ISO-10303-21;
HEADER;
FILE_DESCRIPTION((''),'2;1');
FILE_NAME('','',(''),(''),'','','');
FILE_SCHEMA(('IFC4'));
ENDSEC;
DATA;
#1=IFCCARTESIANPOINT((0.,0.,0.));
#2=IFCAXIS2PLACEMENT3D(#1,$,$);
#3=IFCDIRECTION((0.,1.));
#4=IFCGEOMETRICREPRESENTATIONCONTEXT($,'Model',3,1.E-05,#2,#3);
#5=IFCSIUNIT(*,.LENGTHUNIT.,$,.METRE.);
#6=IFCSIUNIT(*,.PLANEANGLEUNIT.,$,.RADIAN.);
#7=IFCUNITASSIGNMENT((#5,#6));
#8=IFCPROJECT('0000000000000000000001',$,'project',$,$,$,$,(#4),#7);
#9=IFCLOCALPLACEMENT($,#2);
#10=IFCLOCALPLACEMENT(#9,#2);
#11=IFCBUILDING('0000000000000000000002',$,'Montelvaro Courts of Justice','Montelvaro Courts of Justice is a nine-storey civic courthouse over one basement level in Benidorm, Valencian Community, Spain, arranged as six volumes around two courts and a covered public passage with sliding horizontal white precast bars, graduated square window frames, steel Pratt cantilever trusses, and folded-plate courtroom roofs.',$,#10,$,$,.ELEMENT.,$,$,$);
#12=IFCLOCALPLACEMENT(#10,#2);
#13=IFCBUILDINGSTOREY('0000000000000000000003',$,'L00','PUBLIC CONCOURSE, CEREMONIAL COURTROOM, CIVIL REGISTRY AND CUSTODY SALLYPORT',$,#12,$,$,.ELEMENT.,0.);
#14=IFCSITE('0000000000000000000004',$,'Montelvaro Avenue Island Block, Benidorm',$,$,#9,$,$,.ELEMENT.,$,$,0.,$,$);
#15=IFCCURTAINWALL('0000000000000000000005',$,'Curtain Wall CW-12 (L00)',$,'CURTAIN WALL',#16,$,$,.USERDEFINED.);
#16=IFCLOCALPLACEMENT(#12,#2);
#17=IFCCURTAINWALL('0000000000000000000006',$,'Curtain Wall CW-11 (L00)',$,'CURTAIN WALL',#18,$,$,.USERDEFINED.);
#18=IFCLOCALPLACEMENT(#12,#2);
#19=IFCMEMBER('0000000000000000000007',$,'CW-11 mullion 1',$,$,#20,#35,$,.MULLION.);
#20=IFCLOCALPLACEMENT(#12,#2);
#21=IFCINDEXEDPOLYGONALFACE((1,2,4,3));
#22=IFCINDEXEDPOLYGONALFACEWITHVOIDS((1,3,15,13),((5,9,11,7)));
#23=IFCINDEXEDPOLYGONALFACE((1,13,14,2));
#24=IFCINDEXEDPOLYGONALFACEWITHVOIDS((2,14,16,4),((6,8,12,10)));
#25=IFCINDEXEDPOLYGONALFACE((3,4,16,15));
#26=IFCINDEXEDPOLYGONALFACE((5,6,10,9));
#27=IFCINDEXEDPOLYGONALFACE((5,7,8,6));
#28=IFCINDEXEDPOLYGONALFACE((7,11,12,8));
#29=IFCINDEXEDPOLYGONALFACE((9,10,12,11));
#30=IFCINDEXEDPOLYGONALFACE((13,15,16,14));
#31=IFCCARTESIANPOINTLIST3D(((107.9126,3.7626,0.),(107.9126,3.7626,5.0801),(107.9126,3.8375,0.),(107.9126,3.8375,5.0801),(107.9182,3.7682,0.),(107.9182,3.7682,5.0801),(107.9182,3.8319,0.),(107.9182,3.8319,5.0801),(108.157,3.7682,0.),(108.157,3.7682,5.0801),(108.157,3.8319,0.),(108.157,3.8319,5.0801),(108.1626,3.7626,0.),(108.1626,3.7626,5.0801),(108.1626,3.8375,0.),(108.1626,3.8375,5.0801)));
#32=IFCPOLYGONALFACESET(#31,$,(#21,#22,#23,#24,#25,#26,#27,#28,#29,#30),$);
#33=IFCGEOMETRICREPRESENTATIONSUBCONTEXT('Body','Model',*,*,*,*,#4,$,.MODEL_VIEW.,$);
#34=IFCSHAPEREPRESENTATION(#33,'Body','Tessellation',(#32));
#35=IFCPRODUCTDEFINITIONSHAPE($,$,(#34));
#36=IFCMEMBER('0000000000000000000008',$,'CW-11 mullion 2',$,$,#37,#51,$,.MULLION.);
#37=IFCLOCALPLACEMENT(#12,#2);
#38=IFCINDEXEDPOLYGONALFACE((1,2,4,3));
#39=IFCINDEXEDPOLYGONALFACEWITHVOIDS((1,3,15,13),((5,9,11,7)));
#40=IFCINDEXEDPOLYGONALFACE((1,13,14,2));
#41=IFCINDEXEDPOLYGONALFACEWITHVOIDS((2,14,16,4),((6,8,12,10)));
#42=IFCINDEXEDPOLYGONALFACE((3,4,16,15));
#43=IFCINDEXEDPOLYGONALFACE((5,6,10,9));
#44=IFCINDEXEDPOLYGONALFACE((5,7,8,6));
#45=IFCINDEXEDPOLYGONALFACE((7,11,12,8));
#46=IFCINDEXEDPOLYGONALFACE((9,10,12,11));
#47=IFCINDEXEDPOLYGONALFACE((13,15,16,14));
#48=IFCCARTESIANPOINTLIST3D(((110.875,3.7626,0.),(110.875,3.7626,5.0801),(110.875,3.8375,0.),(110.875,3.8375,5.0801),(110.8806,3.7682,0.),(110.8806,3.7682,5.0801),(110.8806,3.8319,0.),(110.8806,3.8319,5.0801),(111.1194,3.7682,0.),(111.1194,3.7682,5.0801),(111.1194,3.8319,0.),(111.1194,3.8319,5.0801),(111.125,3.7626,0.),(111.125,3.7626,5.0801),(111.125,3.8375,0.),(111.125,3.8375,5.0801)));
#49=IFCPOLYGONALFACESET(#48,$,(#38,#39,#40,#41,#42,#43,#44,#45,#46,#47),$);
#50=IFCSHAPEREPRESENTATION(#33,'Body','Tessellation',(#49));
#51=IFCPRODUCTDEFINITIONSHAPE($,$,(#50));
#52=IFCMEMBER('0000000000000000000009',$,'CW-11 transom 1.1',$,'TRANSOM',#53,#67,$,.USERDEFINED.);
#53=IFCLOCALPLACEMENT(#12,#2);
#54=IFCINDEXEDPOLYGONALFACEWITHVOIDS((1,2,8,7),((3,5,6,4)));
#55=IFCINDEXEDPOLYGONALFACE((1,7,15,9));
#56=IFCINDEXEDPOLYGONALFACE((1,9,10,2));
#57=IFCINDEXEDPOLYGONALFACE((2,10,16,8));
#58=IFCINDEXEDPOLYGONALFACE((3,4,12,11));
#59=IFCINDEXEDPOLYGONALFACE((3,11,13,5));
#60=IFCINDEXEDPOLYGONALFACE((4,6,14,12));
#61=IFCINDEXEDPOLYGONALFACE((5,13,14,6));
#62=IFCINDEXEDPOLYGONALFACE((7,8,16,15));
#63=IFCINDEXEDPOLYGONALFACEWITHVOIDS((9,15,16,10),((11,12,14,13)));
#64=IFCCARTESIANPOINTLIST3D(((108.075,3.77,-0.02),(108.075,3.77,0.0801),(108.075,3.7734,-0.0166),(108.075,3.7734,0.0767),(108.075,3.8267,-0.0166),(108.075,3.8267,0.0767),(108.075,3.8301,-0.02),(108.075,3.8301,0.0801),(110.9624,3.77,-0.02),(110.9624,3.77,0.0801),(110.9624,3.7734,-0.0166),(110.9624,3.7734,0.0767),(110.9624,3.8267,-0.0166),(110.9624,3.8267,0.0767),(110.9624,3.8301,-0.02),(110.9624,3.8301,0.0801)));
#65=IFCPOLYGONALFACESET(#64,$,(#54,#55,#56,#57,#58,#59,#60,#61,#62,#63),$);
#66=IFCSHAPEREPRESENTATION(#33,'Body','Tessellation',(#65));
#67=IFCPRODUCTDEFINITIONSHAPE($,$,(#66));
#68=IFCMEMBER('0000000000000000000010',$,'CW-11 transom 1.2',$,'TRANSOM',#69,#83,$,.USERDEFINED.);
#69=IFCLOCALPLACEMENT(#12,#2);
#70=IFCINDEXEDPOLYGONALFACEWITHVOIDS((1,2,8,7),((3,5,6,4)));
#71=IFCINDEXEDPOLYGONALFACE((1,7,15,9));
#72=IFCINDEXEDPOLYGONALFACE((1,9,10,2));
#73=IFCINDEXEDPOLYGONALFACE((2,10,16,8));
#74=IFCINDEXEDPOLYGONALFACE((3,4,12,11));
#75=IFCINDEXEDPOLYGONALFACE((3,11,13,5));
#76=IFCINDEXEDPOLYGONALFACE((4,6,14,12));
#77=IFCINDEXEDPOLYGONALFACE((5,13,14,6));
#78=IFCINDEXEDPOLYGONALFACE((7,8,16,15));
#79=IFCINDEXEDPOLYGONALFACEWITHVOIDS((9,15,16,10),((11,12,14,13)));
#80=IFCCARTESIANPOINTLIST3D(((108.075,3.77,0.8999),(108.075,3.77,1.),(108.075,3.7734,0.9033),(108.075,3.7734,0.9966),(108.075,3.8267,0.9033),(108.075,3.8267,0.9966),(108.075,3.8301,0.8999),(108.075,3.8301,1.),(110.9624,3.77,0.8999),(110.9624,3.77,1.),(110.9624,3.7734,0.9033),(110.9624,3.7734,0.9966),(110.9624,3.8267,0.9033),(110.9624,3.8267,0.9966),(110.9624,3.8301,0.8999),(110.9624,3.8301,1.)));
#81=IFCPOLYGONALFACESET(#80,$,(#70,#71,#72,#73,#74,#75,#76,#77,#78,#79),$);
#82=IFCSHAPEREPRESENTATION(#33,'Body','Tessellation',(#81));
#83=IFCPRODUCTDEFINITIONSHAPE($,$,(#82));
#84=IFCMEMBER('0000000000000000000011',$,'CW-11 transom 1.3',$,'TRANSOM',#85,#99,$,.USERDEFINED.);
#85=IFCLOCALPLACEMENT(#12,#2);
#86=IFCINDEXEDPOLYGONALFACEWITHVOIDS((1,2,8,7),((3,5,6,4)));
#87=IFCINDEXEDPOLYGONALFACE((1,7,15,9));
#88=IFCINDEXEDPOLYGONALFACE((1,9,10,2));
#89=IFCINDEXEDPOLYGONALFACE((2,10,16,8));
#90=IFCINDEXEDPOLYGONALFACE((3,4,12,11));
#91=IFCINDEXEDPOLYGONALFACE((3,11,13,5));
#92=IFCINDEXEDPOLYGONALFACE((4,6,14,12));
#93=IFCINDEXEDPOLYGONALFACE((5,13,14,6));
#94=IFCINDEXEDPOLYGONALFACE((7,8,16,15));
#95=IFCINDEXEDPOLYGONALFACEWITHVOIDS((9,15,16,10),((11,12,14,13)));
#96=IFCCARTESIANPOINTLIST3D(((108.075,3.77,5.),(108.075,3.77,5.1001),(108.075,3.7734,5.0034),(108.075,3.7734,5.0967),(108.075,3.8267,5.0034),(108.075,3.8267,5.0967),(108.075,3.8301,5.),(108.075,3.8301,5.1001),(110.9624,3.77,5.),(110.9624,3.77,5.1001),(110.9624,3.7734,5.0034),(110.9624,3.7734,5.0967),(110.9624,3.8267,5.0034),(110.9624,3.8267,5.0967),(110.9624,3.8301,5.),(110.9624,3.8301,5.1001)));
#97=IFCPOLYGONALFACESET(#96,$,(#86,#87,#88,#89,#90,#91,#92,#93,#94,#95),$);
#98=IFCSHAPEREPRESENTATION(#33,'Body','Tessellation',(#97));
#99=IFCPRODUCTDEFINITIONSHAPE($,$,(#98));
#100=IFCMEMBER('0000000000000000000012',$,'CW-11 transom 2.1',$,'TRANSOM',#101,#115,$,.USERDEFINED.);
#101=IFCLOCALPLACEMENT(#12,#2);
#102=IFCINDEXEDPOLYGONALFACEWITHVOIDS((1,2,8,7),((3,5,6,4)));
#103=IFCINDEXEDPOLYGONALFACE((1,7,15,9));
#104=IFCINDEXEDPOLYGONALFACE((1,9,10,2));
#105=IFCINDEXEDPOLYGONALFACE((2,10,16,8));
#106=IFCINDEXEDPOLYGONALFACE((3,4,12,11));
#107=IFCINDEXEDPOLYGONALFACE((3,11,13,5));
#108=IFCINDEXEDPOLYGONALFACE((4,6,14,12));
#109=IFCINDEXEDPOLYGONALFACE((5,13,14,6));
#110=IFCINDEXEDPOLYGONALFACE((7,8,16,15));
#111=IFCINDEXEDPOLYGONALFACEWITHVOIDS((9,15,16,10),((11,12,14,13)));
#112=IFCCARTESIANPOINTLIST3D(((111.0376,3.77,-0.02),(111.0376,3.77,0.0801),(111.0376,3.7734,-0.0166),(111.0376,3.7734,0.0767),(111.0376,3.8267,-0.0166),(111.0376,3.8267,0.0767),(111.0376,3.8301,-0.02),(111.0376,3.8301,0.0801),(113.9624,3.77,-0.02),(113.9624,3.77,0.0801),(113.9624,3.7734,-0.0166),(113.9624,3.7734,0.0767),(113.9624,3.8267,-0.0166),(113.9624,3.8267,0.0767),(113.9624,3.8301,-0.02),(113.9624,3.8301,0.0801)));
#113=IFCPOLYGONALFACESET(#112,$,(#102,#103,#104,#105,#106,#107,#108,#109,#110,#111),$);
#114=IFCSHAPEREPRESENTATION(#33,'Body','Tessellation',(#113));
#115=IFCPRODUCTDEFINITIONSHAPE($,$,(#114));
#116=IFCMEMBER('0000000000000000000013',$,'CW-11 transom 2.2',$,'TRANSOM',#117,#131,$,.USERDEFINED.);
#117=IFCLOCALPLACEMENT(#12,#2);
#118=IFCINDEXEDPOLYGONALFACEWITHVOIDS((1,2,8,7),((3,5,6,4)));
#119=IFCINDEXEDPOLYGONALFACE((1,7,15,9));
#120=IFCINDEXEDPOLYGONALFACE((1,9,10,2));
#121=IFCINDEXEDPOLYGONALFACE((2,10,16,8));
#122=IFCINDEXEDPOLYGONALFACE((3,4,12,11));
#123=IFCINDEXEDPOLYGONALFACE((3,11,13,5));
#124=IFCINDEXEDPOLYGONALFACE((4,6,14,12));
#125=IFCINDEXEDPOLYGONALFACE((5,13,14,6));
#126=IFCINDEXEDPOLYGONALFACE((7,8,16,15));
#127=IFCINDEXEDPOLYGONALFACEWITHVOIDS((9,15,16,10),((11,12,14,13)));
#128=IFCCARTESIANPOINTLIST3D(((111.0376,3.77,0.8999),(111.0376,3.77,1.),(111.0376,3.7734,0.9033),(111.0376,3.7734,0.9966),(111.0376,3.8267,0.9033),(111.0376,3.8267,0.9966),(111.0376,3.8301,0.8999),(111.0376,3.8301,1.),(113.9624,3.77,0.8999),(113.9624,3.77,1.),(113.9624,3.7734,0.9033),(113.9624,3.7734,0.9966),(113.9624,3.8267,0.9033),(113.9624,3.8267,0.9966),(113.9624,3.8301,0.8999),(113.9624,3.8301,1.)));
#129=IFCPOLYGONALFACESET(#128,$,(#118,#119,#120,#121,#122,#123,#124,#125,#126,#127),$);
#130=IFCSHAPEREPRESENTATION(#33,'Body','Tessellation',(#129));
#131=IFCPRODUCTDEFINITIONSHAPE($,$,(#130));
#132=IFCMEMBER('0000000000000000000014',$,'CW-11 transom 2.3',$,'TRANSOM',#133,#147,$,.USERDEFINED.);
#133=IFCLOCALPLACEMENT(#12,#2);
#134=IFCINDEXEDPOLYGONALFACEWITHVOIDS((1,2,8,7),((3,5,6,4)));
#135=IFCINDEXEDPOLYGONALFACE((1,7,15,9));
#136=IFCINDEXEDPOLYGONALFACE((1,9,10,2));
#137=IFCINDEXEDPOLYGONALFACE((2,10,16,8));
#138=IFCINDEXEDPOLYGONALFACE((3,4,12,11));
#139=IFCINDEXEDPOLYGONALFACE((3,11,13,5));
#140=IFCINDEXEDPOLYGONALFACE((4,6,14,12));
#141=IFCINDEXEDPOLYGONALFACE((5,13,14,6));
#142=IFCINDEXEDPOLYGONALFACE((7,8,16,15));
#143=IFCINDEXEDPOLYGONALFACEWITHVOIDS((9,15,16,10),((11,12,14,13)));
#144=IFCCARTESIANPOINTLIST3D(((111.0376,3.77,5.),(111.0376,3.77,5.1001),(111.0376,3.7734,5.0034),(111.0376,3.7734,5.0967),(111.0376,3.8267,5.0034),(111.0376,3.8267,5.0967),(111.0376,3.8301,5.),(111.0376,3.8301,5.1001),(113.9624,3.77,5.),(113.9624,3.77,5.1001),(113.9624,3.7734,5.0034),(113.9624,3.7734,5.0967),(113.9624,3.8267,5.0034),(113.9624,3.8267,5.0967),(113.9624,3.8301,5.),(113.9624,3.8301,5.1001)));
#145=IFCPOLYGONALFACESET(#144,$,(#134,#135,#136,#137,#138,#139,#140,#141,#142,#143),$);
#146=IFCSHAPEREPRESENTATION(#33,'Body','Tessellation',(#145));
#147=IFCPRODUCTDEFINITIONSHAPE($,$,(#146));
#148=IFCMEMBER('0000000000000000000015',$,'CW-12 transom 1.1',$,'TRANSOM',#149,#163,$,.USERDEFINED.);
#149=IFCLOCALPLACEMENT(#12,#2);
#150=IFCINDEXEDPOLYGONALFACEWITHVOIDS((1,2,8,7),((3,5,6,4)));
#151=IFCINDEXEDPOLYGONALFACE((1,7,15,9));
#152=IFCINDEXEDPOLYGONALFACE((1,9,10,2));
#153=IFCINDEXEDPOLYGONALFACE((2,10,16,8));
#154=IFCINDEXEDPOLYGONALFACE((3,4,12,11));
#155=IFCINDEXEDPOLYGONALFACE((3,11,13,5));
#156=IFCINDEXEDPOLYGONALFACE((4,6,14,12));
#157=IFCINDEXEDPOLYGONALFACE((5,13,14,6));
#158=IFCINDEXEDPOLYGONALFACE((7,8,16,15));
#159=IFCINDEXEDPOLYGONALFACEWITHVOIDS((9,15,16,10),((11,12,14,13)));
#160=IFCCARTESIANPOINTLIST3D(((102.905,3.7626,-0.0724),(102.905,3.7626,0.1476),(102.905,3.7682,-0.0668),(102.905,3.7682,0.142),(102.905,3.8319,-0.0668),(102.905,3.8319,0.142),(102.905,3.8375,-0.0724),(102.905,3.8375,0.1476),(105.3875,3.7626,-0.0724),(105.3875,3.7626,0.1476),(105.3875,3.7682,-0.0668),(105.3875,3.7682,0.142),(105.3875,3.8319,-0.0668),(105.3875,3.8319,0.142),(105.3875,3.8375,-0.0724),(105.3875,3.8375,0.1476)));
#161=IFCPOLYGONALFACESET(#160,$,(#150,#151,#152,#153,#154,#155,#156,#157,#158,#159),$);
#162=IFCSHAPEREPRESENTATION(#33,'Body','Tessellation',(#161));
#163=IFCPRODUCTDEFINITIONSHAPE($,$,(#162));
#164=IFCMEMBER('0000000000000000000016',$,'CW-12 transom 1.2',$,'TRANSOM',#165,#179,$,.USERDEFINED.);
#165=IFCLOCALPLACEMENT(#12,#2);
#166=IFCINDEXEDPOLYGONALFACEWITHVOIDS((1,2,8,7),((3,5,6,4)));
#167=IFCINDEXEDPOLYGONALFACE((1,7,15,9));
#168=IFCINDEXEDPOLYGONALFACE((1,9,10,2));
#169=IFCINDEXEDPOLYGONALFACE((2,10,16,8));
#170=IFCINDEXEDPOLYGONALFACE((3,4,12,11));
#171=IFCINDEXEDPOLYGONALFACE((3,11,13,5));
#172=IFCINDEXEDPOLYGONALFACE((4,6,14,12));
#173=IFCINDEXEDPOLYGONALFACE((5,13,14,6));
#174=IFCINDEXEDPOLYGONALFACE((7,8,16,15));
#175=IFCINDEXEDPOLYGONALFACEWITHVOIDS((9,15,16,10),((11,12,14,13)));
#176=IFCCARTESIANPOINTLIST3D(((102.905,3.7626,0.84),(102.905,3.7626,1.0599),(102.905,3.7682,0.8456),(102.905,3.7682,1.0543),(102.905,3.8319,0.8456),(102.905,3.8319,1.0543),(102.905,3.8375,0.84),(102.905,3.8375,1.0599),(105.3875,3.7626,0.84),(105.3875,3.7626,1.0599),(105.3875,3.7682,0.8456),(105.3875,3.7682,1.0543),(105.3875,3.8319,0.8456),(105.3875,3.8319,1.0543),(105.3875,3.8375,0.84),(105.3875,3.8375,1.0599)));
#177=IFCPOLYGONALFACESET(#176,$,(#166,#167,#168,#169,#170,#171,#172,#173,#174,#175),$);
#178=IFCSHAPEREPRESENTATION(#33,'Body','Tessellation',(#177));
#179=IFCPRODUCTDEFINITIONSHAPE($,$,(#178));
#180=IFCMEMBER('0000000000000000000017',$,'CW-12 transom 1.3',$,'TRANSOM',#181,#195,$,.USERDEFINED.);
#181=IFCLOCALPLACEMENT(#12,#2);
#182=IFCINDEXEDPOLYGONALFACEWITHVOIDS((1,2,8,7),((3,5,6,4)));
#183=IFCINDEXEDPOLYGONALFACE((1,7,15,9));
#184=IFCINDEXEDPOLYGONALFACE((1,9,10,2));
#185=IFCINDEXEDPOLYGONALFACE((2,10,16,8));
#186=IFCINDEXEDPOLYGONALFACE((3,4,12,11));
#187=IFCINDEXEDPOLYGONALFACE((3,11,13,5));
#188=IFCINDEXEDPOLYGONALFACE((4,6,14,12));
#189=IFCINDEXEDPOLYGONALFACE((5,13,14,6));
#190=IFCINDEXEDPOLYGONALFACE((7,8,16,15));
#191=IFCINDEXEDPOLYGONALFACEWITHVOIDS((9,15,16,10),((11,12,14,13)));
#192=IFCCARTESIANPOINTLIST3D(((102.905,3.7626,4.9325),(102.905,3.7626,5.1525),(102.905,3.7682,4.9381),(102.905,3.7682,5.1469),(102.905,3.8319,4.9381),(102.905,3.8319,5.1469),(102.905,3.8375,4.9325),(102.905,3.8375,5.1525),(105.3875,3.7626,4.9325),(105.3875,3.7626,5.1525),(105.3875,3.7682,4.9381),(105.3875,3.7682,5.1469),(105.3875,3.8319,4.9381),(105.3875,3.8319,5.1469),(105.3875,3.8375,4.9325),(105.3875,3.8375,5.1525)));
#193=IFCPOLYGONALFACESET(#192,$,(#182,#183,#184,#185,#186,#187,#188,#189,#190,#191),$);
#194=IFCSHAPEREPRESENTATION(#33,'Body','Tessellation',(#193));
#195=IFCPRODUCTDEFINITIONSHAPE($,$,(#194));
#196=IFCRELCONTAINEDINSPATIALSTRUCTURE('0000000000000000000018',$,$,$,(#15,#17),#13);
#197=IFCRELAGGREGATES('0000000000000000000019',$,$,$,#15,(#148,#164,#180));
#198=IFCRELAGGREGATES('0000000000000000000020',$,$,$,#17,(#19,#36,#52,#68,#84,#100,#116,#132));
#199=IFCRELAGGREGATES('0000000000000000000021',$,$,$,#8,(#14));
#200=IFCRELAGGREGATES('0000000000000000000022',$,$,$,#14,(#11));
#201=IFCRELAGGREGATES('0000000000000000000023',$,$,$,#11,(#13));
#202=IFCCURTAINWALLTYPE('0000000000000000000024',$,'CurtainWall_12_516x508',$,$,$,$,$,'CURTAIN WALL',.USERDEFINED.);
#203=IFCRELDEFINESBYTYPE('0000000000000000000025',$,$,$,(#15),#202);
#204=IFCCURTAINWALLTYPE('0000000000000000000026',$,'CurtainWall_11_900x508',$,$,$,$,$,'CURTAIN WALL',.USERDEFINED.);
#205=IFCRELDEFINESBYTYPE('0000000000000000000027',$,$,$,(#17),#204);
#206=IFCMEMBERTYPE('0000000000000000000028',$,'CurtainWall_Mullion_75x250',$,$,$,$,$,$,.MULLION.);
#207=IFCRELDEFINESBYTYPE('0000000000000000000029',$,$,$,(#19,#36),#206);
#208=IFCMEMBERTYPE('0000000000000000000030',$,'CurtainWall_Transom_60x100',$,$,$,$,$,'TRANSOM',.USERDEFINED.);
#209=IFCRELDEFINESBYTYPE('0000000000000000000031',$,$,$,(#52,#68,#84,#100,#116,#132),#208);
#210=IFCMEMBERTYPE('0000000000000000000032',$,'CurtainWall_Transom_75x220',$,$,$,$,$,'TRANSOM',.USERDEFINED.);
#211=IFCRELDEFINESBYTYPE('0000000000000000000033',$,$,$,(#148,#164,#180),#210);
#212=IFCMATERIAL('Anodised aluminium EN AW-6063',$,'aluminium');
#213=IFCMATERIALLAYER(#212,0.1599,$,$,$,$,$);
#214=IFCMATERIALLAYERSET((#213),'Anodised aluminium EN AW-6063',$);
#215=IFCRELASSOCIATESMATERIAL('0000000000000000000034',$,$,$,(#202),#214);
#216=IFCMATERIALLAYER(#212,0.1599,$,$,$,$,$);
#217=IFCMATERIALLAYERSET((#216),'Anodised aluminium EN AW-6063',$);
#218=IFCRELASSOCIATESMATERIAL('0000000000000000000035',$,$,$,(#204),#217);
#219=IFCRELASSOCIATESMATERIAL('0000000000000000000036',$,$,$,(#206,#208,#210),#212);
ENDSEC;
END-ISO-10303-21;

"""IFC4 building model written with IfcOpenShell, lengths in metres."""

from ifc_helpers import new_model, si_unit, direction, frame, origin, origin_2d, place, context, subcontext, project, spatial, hollow_rectangle, extrude, material, layer, layer_set, material_profile, profile_set, type_object, element, aggregate, save


model = new_model("IFC4")

# Units and contexts
model_context = context("Model", 3, precision=1e-05, world=origin(), true_north=direction((0.0, 1.0)))
body_context = subcontext(model_context, "Body", "Model", "MODEL_VIEW")
ifc_project = project(units=[si_unit("LENGTHUNIT", "METRE"), si_unit("PLANEANGLEUNIT", "RADIAN")], contexts=[model_context])

# Site, building, storey
site_placement = place(None, origin())
site = spatial("IfcSite", under=ifc_project, at=site_placement, Name="Montelvaro Avenue Island Block, Benidorm", CompositionType="ELEMENT", RefElevation=0.0)
building_placement = place(site_placement, origin())
building = spatial("IfcBuilding", under=site, at=building_placement, Name="Montelvaro Courts of Justice", Description="Montelvaro Courts of Justice is a nine-storey civic courthouse over one basement level in Benidorm, Valencian Community, Spain, arranged as six volumes around two courts and a covered public passage with sliding horizontal white precast bars, graduated square window frames, steel Pratt cantilever trusses, and folded-plate courtroom roofs.", CompositionType="ELEMENT")
storey_placement = place(building_placement, origin())
storey = spatial("IfcBuildingStorey", under=building, at=storey_placement, Name="L00", Description="PUBLIC CONCOURSE, CEREMONIAL COURTROOM, CIVIL REGISTRY AND CUSTODY SALLYPORT", CompositionType="ELEMENT", Elevation=0.0)

# Curtain walls, members
ifc_material_1 = material(Name="Anodised aluminium EN AW-6063", Category="aluminium")
ifc_layer_1 = layer(ifc_material_1, 0.1599)
ifc_layer_set_1 = layer_set([ifc_layer_1], Name="Anodised aluminium EN AW-6063")
curtain_wall_type_1 = type_object("IfcCurtainWallType", Name="CurtainWall_12_516x508", ElementType="CURTAIN WALL", PredefinedType="USERDEFINED", material=ifc_layer_set_1)
curtain_wall_1_placement = place(storey_placement, origin())
curtain_wall_1 = element("IfcCurtainWall", 1, at=curtain_wall_1_placement, inside=storey, type_object=curtain_wall_type_1, Name="Curtain Wall CW-12 (L00)", ObjectType="CURTAIN WALL", PredefinedType="USERDEFINED")
ifc_layer_2 = layer(ifc_material_1, 0.1599)
ifc_layer_set_2 = layer_set([ifc_layer_2], Name="Anodised aluminium EN AW-6063")
curtain_wall_type_2 = type_object("IfcCurtainWallType", Name="CurtainWall_11_900x508", ElementType="CURTAIN WALL", PredefinedType="USERDEFINED", material=ifc_layer_set_2)
curtain_wall_2_placement = place(storey_placement, origin())
curtain_wall_2 = element("IfcCurtainWall", 2, at=curtain_wall_2_placement, inside=storey, type_object=curtain_wall_type_2, Name="Curtain Wall CW-11 (L00)", ObjectType="CURTAIN WALL", PredefinedType="USERDEFINED")
ifc_material_profile_1 = material_profile(ifc_material_1, hollow_rectangle(XDim=0.075, YDim=0.25, WallThickness=0.0056, at=origin_2d()), Name="ALU-M 75x250")
ifc_profile_set_1 = profile_set([ifc_material_profile_1], Name="Anodised aluminium EN AW-6063")
member_type_1 = type_object("IfcMemberType", Name="CurtainWall_Mullion_75x250", PredefinedType="MULLION", material=ifc_profile_set_1)
member_1_placement = place(storey_placement, frame((108.0376, 3.8, 0.0), z_axis=(0.0, 0.0, 1.0), x_axis=(0.0, 1.0, 0.0)))
member_1 = element("IfcMember", 3, at=member_1_placement, type_object=member_type_1, Name="CW-11 mullion 1", PredefinedType="MULLION", context=body_context, shape_type="SweptSolid", body=[
    extrude(hollow_rectangle(XDim=0.075, YDim=0.25, WallThickness=0.0056, at=origin_2d()), origin(), (0.0, 0.0, 1.0), 5.0801),
])
member_2_placement = place(storey_placement, frame((111.0, 3.8, 0.0), z_axis=(0.0, 0.0, 1.0), x_axis=(0.0, 1.0, 0.0)))
member_2 = element("IfcMember", 4, at=member_2_placement, type_object=member_type_1, Name="CW-11 mullion 2", PredefinedType="MULLION", context=body_context, shape_type="SweptSolid", body=[
    extrude(hollow_rectangle(XDim=0.075, YDim=0.25, WallThickness=0.0056, at=origin_2d()), origin(), (0.0, 0.0, 1.0), 5.0801),
])
ifc_material_profile_2 = material_profile(ifc_material_1, hollow_rectangle(XDim=0.0601, YDim=0.1001, WallThickness=0.0034, at=origin_2d()), Name="ALU-T 60x100")
ifc_profile_set_2 = profile_set([ifc_material_profile_2], Name="Anodised aluminium EN AW-6063")
member_type_2 = type_object("IfcMemberType", Name="CurtainWall_Transom_60x100", ElementType="TRANSOM", PredefinedType="USERDEFINED", material=ifc_profile_set_2)
member_3_placement = place(storey_placement, frame((108.075, 3.8, 0.03), z_axis=(1.0, 0.0, 0.0), x_axis=(0.0, 1.0, 0.0)))
member_3 = element("IfcMember", 5, at=member_3_placement, type_object=member_type_2, Name="CW-11 transom 1.1", ObjectType="TRANSOM", PredefinedType="USERDEFINED", context=body_context, shape_type="SweptSolid", body=[
    extrude(hollow_rectangle(XDim=0.0601, YDim=0.1001, WallThickness=0.0034, at=origin_2d()), origin(), (0.0, 0.0, 1.0), 2.8875),
])
member_4_placement = place(storey_placement, frame((108.075, 3.8, 0.95), z_axis=(1.0, 0.0, 0.0), x_axis=(0.0, 1.0, 0.0)))
member_4 = element("IfcMember", 6, at=member_4_placement, type_object=member_type_2, Name="CW-11 transom 1.2", ObjectType="TRANSOM", PredefinedType="USERDEFINED", context=body_context, shape_type="SweptSolid", body=[
    extrude(hollow_rectangle(XDim=0.0601, YDim=0.1001, WallThickness=0.0034, at=origin_2d()), origin(), (0.0, 0.0, 1.0), 2.8875),
])
member_5_placement = place(storey_placement, frame((108.075, 3.8, 5.05), z_axis=(1.0, 0.0, 0.0), x_axis=(0.0, 1.0, 0.0)))
member_5 = element("IfcMember", 7, at=member_5_placement, type_object=member_type_2, Name="CW-11 transom 1.3", ObjectType="TRANSOM", PredefinedType="USERDEFINED", context=body_context, shape_type="SweptSolid", body=[
    extrude(hollow_rectangle(XDim=0.0601, YDim=0.1001, WallThickness=0.0034, at=origin_2d()), origin(), (0.0, 0.0, 1.0), 2.8875),
])
member_6_placement = place(storey_placement, frame((111.0376, 3.8, 0.03), z_axis=(1.0, 0.0, 0.0), x_axis=(0.0, 1.0, 0.0)))
member_6 = element("IfcMember", 8, at=member_6_placement, type_object=member_type_2, Name="CW-11 transom 2.1", ObjectType="TRANSOM", PredefinedType="USERDEFINED", context=body_context, shape_type="SweptSolid", body=[
    extrude(hollow_rectangle(XDim=0.0601, YDim=0.1001, WallThickness=0.0034, at=origin_2d()), origin(), (0.0, 0.0, 1.0), 2.9248),
])
member_7_placement = place(storey_placement, frame((111.0376, 3.8, 0.95), z_axis=(1.0, 0.0, 0.0), x_axis=(0.0, 1.0, 0.0)))
member_7 = element("IfcMember", 9, at=member_7_placement, type_object=member_type_2, Name="CW-11 transom 2.2", ObjectType="TRANSOM", PredefinedType="USERDEFINED", context=body_context, shape_type="SweptSolid", body=[
    extrude(hollow_rectangle(XDim=0.0601, YDim=0.1001, WallThickness=0.0034, at=origin_2d()), origin(), (0.0, 0.0, 1.0), 2.9248),
])
member_8_placement = place(storey_placement, frame((111.0376, 3.8, 5.05), z_axis=(1.0, 0.0, 0.0), x_axis=(0.0, 1.0, 0.0)))
member_8 = element("IfcMember", 10, at=member_8_placement, type_object=member_type_2, Name="CW-11 transom 2.3", ObjectType="TRANSOM", PredefinedType="USERDEFINED", context=body_context, shape_type="SweptSolid", body=[
    extrude(hollow_rectangle(XDim=0.0601, YDim=0.1001, WallThickness=0.0034, at=origin_2d()), origin(), (0.0, 0.0, 1.0), 2.9248),
])

# Members
ifc_material_profile_3 = material_profile(ifc_material_1, hollow_rectangle(XDim=0.075, YDim=0.22, WallThickness=0.0056, at=origin_2d()), Name="ALU-T 75x220")
ifc_profile_set_3 = profile_set([ifc_material_profile_3], Name="Anodised aluminium EN AW-6063")
member_type_3 = type_object("IfcMemberType", Name="CurtainWall_Transom_75x220", ElementType="TRANSOM", PredefinedType="USERDEFINED", material=ifc_profile_set_3)
member_9_placement = place(storey_placement, frame((102.905, 3.8, 0.0376), z_axis=(1.0, 0.0, 0.0), x_axis=(0.0, 1.0, 0.0)))
member_9 = element("IfcMember", 11, at=member_9_placement, type_object=member_type_3, Name="CW-12 transom 1.1", ObjectType="TRANSOM", PredefinedType="USERDEFINED", context=body_context, shape_type="SweptSolid", body=[
    extrude(hollow_rectangle(XDim=0.075, YDim=0.22, WallThickness=0.0056, at=origin_2d()), origin(), (0.0, 0.0, 1.0), 2.4824),
])
member_10_placement = place(storey_placement, frame((102.905, 3.8, 0.95), z_axis=(1.0, 0.0, 0.0), x_axis=(0.0, 1.0, 0.0)))
member_10 = element("IfcMember", 12, at=member_10_placement, type_object=member_type_3, Name="CW-12 transom 1.2", ObjectType="TRANSOM", PredefinedType="USERDEFINED", context=body_context, shape_type="SweptSolid", body=[
    extrude(hollow_rectangle(XDim=0.075, YDim=0.22, WallThickness=0.0056, at=origin_2d()), origin(), (0.0, 0.0, 1.0), 2.4824),
])
member_11_placement = place(storey_placement, frame((102.905, 3.8, 5.0425), z_axis=(1.0, 0.0, 0.0), x_axis=(0.0, 1.0, 0.0)))
member_11 = element("IfcMember", 13, at=member_11_placement, type_object=member_type_3, Name="CW-12 transom 1.3", ObjectType="TRANSOM", PredefinedType="USERDEFINED", context=body_context, shape_type="SweptSolid", body=[
    extrude(hollow_rectangle(XDim=0.075, YDim=0.22, WallThickness=0.0056, at=origin_2d()), origin(), (0.0, 0.0, 1.0), 2.4824),
])

aggregate(curtain_wall_1, [member_9, member_10, member_11])
aggregate(curtain_wall_2, [member_1, member_2, member_3, member_4, member_5, member_6, member_7, member_8])

save(model, "model.ifc")
